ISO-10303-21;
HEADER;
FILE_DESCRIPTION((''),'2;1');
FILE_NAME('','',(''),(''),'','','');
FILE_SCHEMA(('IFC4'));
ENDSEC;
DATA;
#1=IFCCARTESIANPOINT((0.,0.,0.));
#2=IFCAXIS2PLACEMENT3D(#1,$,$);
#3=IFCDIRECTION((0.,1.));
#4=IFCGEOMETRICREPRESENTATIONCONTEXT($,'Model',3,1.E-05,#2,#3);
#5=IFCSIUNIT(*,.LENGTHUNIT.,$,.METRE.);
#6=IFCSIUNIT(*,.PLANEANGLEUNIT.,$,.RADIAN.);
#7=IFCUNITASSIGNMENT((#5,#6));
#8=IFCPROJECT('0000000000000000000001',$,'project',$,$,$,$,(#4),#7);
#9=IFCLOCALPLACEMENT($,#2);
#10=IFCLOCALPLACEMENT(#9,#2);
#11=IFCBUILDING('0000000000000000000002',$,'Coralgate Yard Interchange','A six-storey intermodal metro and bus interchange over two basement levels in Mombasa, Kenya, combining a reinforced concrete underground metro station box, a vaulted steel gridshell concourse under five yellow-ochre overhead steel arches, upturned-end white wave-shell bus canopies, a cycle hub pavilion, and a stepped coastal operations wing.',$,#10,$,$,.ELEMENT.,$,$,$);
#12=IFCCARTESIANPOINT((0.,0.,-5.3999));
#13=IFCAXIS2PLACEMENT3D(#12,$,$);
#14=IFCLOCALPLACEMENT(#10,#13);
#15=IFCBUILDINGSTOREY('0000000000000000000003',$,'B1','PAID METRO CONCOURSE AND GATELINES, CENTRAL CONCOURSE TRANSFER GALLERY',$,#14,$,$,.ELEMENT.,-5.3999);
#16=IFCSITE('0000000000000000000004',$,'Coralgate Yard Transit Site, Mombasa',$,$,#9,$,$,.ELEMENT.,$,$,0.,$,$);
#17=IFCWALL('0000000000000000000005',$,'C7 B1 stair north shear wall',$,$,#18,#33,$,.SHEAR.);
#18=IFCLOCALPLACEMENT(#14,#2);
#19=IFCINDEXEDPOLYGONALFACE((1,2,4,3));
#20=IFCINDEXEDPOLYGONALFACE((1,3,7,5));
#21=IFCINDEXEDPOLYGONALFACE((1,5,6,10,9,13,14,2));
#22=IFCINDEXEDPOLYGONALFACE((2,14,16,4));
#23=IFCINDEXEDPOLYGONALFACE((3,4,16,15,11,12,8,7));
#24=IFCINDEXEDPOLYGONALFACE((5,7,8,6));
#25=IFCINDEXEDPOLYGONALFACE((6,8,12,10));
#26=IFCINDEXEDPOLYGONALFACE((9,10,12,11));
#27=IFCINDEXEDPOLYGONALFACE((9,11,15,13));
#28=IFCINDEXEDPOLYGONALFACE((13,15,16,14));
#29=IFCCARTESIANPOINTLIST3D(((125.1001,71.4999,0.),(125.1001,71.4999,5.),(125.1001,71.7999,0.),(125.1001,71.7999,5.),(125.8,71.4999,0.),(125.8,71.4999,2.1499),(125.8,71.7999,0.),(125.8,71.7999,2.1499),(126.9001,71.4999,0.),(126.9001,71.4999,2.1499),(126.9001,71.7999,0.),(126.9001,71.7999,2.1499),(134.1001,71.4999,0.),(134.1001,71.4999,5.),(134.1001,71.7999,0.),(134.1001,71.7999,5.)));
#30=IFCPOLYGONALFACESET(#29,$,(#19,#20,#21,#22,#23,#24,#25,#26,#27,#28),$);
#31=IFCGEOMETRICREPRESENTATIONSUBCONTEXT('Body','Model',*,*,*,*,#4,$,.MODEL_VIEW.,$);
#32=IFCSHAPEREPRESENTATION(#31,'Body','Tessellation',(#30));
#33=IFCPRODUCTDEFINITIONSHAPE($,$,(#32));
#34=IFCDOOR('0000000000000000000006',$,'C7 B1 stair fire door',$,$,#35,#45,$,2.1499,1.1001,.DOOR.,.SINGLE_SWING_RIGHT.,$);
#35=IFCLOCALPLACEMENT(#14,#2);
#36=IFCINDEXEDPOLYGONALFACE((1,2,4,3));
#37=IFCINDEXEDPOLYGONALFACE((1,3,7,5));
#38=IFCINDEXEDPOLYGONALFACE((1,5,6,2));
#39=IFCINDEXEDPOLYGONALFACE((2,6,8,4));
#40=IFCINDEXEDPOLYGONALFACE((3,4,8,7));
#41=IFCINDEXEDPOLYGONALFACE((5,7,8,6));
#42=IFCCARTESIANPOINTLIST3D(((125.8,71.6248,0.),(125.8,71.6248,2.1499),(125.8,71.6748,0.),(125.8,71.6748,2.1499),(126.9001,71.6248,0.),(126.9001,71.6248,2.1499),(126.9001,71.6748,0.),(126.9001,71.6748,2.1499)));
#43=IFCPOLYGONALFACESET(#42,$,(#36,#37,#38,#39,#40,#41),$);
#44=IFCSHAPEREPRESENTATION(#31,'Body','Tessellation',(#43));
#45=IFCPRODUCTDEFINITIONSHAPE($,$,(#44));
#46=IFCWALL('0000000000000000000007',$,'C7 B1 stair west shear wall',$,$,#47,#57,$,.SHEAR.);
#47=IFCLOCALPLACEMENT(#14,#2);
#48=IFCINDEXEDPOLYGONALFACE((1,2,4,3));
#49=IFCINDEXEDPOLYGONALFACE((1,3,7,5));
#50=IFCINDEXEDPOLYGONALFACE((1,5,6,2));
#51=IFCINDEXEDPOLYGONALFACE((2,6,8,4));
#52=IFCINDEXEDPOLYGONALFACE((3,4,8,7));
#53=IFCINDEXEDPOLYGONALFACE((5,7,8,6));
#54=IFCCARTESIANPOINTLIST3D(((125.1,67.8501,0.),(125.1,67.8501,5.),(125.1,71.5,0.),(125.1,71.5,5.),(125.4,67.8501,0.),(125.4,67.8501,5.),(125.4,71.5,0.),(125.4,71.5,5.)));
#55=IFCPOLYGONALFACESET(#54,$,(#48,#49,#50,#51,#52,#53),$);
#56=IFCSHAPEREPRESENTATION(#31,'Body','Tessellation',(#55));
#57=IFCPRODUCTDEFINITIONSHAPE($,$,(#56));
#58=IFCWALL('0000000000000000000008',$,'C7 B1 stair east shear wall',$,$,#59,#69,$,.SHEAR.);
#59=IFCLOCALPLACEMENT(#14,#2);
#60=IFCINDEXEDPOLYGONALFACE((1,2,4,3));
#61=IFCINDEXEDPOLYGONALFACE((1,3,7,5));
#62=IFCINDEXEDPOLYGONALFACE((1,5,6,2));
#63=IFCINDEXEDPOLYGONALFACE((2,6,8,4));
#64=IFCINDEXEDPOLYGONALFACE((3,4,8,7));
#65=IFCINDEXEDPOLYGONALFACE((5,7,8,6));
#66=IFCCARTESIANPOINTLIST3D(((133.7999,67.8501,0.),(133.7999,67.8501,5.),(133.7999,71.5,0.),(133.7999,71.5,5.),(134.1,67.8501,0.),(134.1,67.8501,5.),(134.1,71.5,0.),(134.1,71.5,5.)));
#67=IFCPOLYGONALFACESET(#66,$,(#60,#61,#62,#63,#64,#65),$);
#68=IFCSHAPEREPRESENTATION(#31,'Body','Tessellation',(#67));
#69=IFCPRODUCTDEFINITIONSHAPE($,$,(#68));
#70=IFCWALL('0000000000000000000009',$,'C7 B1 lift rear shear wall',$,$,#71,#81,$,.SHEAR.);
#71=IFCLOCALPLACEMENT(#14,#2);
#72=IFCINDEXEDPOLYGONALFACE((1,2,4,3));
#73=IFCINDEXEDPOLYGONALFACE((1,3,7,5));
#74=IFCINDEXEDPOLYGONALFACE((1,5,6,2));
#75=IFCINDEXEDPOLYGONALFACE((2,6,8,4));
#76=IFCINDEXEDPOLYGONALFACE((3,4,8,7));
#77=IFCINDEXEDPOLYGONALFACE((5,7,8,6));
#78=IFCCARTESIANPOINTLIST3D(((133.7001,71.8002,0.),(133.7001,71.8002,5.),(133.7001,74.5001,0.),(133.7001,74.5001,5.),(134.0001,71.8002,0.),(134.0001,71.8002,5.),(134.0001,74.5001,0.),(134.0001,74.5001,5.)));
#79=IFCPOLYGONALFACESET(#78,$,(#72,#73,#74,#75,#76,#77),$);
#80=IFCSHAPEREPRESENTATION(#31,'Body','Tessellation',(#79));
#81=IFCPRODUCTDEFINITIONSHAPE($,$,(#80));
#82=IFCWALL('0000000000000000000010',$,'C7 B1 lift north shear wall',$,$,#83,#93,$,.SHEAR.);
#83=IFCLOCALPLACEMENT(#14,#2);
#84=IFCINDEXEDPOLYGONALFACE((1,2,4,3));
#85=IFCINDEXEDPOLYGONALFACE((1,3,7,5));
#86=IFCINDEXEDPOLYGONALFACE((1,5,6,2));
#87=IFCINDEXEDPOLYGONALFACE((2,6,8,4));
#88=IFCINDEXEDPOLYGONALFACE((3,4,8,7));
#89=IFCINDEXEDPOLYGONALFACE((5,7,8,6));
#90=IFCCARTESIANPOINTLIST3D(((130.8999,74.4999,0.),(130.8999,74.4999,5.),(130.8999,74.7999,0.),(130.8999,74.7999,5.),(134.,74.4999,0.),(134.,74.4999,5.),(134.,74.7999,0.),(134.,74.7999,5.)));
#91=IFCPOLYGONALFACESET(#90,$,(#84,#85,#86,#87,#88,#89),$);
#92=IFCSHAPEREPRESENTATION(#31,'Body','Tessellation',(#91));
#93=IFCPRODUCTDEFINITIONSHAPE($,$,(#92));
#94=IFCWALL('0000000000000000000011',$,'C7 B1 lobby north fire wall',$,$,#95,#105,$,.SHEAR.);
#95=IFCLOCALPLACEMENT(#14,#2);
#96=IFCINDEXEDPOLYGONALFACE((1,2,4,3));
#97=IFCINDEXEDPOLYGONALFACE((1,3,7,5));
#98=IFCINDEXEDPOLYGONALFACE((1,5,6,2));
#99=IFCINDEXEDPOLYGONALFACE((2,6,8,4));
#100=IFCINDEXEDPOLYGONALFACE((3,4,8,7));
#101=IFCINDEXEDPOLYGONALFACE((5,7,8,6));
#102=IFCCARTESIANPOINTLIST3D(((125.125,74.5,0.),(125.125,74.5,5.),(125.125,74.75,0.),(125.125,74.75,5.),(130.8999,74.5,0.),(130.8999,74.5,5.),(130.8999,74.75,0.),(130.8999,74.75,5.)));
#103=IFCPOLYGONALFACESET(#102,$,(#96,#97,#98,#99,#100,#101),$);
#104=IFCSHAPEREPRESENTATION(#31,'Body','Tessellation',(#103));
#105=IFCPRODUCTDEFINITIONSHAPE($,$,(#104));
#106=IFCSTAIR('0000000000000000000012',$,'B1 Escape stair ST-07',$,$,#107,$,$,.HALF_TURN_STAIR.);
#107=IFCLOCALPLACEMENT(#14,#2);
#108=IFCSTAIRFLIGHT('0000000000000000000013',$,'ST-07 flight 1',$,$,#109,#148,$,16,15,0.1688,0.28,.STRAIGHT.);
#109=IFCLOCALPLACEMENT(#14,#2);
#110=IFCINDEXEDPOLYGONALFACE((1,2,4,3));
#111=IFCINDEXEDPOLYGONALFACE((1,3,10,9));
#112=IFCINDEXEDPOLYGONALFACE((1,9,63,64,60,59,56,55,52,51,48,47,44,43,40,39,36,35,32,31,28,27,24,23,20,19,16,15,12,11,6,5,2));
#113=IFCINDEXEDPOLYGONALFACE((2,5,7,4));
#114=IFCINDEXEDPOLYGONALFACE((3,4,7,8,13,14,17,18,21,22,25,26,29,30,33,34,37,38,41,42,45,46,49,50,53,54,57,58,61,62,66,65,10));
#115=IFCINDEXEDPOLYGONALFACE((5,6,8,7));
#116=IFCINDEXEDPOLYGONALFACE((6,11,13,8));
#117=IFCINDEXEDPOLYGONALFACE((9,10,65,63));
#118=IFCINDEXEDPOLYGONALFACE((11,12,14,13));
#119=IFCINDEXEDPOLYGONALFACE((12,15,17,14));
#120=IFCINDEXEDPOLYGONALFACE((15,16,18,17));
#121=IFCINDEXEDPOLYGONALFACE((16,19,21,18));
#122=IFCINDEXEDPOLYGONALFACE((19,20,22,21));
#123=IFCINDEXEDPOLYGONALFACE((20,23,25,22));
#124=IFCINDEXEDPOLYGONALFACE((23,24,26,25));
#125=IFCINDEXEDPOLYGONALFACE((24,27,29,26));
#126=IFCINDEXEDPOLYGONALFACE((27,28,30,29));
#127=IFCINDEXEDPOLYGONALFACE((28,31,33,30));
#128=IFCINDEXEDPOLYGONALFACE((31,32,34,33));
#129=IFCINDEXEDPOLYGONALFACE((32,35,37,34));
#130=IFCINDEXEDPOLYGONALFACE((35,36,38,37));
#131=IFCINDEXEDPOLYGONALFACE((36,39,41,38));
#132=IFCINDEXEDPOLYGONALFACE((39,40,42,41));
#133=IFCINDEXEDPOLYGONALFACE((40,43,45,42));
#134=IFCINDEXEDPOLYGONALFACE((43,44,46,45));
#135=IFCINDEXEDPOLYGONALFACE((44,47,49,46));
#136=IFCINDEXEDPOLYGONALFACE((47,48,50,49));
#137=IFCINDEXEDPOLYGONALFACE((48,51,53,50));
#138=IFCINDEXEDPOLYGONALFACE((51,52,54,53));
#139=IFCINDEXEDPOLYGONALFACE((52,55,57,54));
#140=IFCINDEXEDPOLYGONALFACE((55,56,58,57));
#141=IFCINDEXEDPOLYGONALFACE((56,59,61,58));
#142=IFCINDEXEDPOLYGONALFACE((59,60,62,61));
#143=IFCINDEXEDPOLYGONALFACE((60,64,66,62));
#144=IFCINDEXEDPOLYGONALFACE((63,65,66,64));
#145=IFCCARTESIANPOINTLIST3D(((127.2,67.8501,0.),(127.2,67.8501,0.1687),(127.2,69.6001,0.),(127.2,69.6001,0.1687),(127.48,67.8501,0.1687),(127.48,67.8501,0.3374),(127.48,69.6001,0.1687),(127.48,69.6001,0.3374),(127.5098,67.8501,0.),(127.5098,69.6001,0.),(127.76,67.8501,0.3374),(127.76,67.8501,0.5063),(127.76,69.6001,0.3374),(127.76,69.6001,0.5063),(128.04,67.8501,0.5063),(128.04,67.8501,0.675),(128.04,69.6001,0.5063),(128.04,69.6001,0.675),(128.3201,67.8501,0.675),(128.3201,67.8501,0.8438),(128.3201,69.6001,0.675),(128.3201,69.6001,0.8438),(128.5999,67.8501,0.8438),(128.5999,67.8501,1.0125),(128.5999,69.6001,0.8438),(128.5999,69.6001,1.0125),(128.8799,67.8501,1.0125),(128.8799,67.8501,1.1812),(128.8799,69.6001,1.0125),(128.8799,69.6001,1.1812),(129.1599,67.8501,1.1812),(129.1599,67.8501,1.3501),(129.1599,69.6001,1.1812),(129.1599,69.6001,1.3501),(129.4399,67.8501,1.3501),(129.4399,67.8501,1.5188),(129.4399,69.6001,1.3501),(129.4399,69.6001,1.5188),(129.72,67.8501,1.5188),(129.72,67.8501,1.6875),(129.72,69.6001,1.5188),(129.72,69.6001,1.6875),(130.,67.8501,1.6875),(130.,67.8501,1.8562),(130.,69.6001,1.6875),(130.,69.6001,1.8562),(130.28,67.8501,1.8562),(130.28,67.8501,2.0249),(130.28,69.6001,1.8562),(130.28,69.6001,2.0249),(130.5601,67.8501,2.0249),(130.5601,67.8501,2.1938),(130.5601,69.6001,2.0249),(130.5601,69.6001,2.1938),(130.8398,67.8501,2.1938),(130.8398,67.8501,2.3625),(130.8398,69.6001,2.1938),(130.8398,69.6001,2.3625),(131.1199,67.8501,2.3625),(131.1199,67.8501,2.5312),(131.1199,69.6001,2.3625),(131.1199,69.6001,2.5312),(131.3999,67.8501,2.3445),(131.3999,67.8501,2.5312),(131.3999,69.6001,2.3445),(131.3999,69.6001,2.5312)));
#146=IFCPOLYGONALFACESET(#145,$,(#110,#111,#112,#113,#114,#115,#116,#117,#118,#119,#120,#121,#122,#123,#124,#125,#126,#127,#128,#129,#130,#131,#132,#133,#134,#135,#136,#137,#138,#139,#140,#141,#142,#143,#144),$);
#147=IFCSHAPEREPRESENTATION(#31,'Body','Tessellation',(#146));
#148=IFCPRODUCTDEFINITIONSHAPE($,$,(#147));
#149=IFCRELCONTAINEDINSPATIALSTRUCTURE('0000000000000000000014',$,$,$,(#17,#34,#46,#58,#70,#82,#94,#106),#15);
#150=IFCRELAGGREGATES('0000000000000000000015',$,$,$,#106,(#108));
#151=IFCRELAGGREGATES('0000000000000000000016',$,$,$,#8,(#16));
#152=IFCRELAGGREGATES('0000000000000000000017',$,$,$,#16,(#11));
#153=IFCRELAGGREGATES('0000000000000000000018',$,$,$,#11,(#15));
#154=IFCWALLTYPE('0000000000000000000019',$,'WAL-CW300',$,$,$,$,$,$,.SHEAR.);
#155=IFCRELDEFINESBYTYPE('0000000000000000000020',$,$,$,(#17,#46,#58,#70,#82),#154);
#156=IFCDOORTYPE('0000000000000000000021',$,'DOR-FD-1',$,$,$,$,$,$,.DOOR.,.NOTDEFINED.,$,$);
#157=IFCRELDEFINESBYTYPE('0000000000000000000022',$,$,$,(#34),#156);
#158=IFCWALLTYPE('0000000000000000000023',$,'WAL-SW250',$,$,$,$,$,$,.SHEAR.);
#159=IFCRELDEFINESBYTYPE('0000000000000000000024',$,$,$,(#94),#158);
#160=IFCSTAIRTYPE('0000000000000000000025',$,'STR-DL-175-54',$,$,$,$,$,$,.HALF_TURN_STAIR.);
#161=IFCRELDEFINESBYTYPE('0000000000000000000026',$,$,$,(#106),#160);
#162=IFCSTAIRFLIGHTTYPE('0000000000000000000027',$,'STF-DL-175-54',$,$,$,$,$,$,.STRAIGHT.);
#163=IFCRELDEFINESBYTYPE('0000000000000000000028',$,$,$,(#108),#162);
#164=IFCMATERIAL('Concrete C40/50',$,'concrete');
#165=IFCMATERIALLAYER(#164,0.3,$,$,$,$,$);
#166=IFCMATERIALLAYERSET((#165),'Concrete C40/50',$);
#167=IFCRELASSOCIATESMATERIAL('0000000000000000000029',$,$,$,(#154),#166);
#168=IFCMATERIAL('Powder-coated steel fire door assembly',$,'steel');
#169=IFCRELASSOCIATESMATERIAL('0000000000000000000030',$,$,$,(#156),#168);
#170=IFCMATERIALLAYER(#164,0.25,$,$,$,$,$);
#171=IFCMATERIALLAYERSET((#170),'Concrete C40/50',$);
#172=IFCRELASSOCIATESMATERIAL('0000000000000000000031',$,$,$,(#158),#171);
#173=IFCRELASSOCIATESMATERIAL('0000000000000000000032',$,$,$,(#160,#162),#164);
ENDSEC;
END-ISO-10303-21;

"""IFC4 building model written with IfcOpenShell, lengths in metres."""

from ifc_helpers import new_model, si_unit, direction, frame, frame_2d, origin, place, context, subcontext, project, spatial, polyline, rectangle, outline, extrude, material, layer, layer_set, type_object, element, fill, aggregate, save


model = new_model("IFC4")

# Units and contexts
model_context = context("Model", 3, precision=1e-05, world=origin(), true_north=direction((0.0, 1.0)))
body_context = subcontext(model_context, "Body", "Model", "MODEL_VIEW")
ifc_project = project(units=[si_unit("LENGTHUNIT", "METRE"), si_unit("PLANEANGLEUNIT", "RADIAN")], contexts=[model_context])

# Site, building, storey
site_placement = place(None, origin())
site = spatial("IfcSite", under=ifc_project, at=site_placement, Name="Coralgate Yard Transit Site, Mombasa", CompositionType="ELEMENT", RefElevation=0.0)
building_placement = place(site_placement, origin())
building = spatial("IfcBuilding", under=site, at=building_placement, Name="Coralgate Yard Interchange", Description="A six-storey intermodal metro and bus interchange over two basement levels in Mombasa, Kenya, combining a reinforced concrete underground metro station box, a vaulted steel gridshell concourse under five yellow-ochre overhead steel arches, upturned-end white wave-shell bus canopies, a cycle hub pavilion, and a stepped coastal operations wing.", CompositionType="ELEMENT")
storey_placement = place(building_placement, frame((0.0, 0.0, -5.3999)))
storey = spatial("IfcBuildingStorey", under=building, at=storey_placement, Name="B1", Description="PAID METRO CONCOURSE AND GATELINES, CENTRAL CONCOURSE TRANSFER GALLERY", CompositionType="ELEMENT", Elevation=-5.3999)

# Shared definitions
ifc_material_1 = material(Name="Concrete C40/50", Category="concrete")

# Shared definitions
ifc_layer_1 = layer(ifc_material_1, 0.3)
ifc_layer_set_1 = layer_set([ifc_layer_1], Name="Concrete C40/50")
wall_type_1 = type_object("IfcWallType", Name="WAL-CW300", PredefinedType="SHEAR", material=ifc_layer_set_1)

# Wall, opening, door
wall_1_placement = place(storey_placement, frame((134.1001, 71.6499, 0.0), z_axis=(0.0, 0.0, 1.0), x_axis=(-1.0, 0.0, 0.0)))
wall_1 = element("IfcWall", 1, at=wall_1_placement, inside=storey, type_object=wall_type_1, Name="C7 B1 stair north shear wall", PredefinedType="SHEAR", context=body_context, shape_type="SweptSolid", body=[
    extrude(rectangle(XDim=9.0, YDim=0.3, at=frame_2d((4.5, 0.0))), origin(), (0.0, 0.0, 1.0), 5.0),
])
opening_1_placement = place(wall_1_placement, frame((7.2, 0.0, 0.0)))
opening_1 = element("IfcOpeningElement", 2, at=opening_1_placement, cuts=wall_1, PredefinedType="OPENING", context=body_context, shape_type="SweptSolid", body=[
    extrude(rectangle(XDim=1.1001, YDim=2.1499, at=frame_2d((0.55, 1.075))), frame((0.0, 0.1599, 0.0), z_axis=(0.0, -1.0, 0.0), x_axis=(1.0, 0.0, 0.0)), (0.0, 0.0, 1.0), 0.3201),
])
ifc_material_2 = material(Name="Powder-coated steel fire door assembly", Category="steel")
door_type_1 = type_object("IfcDoorType", Name="DOR-FD-1", OperationType="NOTDEFINED", PredefinedType="DOOR", material=ifc_material_2)
door_1_placement = place(opening_1_placement, frame((1.1001, 0.0, 0.0), z_axis=(0.0, 0.0, 1.0), x_axis=(-1.0, 0.0, 0.0)))
door_1 = element("IfcDoor", 3, at=door_1_placement, inside=storey, type_object=door_type_1, Name="C7 B1 stair fire door", OperationType="SINGLE_SWING_RIGHT", OverallHeight=2.1499, OverallWidth=1.1001, PredefinedType="DOOR", context=body_context, shape_type="SweptSolid", body=[
    extrude(rectangle(XDim=1.1001, YDim=2.1499, at=frame_2d((0.55, 1.075))), frame((0.0, 0.0249, 0.0), z_axis=(0.0, -1.0, 0.0), x_axis=(1.0, 0.0, 0.0)), (0.0, 0.0, 1.0), 0.05),
])
fill(opening_1, door_1)

# Walls
for number, where, z_axis, x_axis, name in (
    (4, (125.25, 67.8501, 0.0), (0.0, 0.0, 1.0), (0.0, 1.0, 0.0), "C7 B1 stair west shear wall"),
    (5, (133.95, 71.5, 0.0), (0.0, 0.0, 1.0), (0.0, -1.0, 0.0), "C7 B1 stair east shear wall"),
):
    element("IfcWall", number, at=place(storey_placement, frame(where, z_axis=z_axis, x_axis=x_axis)), inside=storey, type_object=wall_type_1, Name=name, PredefinedType="SHEAR", context=body_context, shape_type="SweptSolid", body=[
        extrude(rectangle(XDim=3.6499, YDim=0.3, at=frame_2d((1.825, 0.0))), origin(), (0.0, 0.0, 1.0), 5.0),
    ])

# Walls
wall_2_placement = place(storey_placement, frame((133.8501, 71.8, 0.0), z_axis=(0.0, 0.0, 1.0), x_axis=(0.0, 1.0, 0.0)))
element("IfcWall", 6, at=wall_2_placement, inside=storey, type_object=wall_type_1, Name="C7 B1 lift rear shear wall", PredefinedType="SHEAR", context=body_context, shape_type="SweptSolid", body=[
    extrude(rectangle(XDim=2.7, YDim=0.3, at=frame_2d((1.3501, 0.0))), origin(), (0.0, 0.0, 1.0), 5.0),
])
wall_3_placement = place(storey_placement, frame((130.8999, 74.6499, 0.0), z_axis=(0.0, 0.0, 1.0), x_axis=(1.0, 0.0, 0.0)))
element("IfcWall", 7, at=wall_3_placement, inside=storey, type_object=wall_type_1, Name="C7 B1 lift north shear wall", PredefinedType="SHEAR", context=body_context, shape_type="SweptSolid", body=[
    extrude(rectangle(XDim=3.1001, YDim=0.3, at=frame_2d((1.55, 0.0))), origin(), (0.0, 0.0, 1.0), 5.0),
])
ifc_layer_2 = layer(ifc_material_1, 0.25)
ifc_layer_set_2 = layer_set([ifc_layer_2], Name="Concrete C40/50")
wall_type_2 = type_object("IfcWallType", Name="WAL-SW250", PredefinedType="SHEAR", material=ifc_layer_set_2)
wall_4_placement = place(storey_placement, frame((130.8999, 74.625, 0.0), z_axis=(0.0, 0.0, 1.0), x_axis=(-1.0, 0.0, 0.0)))
element("IfcWall", 8, at=wall_4_placement, inside=storey, type_object=wall_type_2, Name="C7 B1 lobby north fire wall", PredefinedType="SHEAR", context=body_context, shape_type="SweptSolid", body=[
    extrude(rectangle(XDim=5.7749, YDim=0.25, at=frame_2d((2.8875, 0.0))), origin(), (0.0, 0.0, 1.0), 5.0),
])

# Stair, stair flight
stair_type = type_object("IfcStairType", Name="STR-DL-175-54", PredefinedType="HALF_TURN_STAIR", material=ifc_material_1)
stair_placement = place(storey_placement, origin())
stair = element("IfcStair", 9, at=stair_placement, inside=storey, type_object=stair_type, Name="B1 Escape stair ST-07", PredefinedType="HALF_TURN_STAIR")
stair_flight_type = type_object("IfcStairFlightType", Name="STF-DL-175-54", PredefinedType="STRAIGHT", material=ifc_material_1)
stair_flight_1_placement = place(storey_placement, frame((127.2, 68.7251, 0.0), z_axis=(0.0, 0.0, 1.0), x_axis=(1.0, 0.0, 0.0)))
stair_flight_1 = element("IfcStairFlight", 10, at=stair_flight_1_placement, type_object=stair_flight_type, Name="ST-07 flight 1", NumberOfRisers=16, NumberOfTreads=15, PredefinedType="STRAIGHT", RiserHeight=0.1688, TreadLength=0.28, context=body_context, shape_type="SweptSolid", body=[
    extrude(outline(polyline([(0.0, 0.0), (0.0, 0.1687), (0.28, 0.1687), (0.28, 0.3374), (0.5601, 0.3374), (0.5601, 0.5063), (0.8401, 0.5063), (0.8401, 0.675), (1.1201, 0.675), (1.1201, 0.8438), (1.3999, 0.8438), (1.3999, 1.0125), (1.6799, 1.0125), (1.6799, 1.1812), (1.96, 1.1812), (1.96, 1.3501), (2.24, 1.3501), (2.24, 1.5188), (2.52, 1.5188), (2.52, 1.6875), (2.8, 1.6875), (2.8, 1.8562), (3.0801, 1.8562), (3.0801, 2.0249), (3.3601, 2.0249), (3.3601, 2.1938), (3.6399, 2.1938), (3.6399, 2.3625), (3.9199, 2.3625), (3.9199, 2.5312), (4.2, 2.5312), (4.2, 2.7), (4.2, 2.3445), (0.3098, 0.0), (0.0, 0.0)])), frame((0.0, 0.875, 0.0), z_axis=(0.0, -1.0, 0.0), x_axis=(1.0, 0.0, 0.0)), (0.0, 0.0, 1.0), 1.75),
])
aggregate(stair, [stair_flight_1])

save(model, "model.ifc")
